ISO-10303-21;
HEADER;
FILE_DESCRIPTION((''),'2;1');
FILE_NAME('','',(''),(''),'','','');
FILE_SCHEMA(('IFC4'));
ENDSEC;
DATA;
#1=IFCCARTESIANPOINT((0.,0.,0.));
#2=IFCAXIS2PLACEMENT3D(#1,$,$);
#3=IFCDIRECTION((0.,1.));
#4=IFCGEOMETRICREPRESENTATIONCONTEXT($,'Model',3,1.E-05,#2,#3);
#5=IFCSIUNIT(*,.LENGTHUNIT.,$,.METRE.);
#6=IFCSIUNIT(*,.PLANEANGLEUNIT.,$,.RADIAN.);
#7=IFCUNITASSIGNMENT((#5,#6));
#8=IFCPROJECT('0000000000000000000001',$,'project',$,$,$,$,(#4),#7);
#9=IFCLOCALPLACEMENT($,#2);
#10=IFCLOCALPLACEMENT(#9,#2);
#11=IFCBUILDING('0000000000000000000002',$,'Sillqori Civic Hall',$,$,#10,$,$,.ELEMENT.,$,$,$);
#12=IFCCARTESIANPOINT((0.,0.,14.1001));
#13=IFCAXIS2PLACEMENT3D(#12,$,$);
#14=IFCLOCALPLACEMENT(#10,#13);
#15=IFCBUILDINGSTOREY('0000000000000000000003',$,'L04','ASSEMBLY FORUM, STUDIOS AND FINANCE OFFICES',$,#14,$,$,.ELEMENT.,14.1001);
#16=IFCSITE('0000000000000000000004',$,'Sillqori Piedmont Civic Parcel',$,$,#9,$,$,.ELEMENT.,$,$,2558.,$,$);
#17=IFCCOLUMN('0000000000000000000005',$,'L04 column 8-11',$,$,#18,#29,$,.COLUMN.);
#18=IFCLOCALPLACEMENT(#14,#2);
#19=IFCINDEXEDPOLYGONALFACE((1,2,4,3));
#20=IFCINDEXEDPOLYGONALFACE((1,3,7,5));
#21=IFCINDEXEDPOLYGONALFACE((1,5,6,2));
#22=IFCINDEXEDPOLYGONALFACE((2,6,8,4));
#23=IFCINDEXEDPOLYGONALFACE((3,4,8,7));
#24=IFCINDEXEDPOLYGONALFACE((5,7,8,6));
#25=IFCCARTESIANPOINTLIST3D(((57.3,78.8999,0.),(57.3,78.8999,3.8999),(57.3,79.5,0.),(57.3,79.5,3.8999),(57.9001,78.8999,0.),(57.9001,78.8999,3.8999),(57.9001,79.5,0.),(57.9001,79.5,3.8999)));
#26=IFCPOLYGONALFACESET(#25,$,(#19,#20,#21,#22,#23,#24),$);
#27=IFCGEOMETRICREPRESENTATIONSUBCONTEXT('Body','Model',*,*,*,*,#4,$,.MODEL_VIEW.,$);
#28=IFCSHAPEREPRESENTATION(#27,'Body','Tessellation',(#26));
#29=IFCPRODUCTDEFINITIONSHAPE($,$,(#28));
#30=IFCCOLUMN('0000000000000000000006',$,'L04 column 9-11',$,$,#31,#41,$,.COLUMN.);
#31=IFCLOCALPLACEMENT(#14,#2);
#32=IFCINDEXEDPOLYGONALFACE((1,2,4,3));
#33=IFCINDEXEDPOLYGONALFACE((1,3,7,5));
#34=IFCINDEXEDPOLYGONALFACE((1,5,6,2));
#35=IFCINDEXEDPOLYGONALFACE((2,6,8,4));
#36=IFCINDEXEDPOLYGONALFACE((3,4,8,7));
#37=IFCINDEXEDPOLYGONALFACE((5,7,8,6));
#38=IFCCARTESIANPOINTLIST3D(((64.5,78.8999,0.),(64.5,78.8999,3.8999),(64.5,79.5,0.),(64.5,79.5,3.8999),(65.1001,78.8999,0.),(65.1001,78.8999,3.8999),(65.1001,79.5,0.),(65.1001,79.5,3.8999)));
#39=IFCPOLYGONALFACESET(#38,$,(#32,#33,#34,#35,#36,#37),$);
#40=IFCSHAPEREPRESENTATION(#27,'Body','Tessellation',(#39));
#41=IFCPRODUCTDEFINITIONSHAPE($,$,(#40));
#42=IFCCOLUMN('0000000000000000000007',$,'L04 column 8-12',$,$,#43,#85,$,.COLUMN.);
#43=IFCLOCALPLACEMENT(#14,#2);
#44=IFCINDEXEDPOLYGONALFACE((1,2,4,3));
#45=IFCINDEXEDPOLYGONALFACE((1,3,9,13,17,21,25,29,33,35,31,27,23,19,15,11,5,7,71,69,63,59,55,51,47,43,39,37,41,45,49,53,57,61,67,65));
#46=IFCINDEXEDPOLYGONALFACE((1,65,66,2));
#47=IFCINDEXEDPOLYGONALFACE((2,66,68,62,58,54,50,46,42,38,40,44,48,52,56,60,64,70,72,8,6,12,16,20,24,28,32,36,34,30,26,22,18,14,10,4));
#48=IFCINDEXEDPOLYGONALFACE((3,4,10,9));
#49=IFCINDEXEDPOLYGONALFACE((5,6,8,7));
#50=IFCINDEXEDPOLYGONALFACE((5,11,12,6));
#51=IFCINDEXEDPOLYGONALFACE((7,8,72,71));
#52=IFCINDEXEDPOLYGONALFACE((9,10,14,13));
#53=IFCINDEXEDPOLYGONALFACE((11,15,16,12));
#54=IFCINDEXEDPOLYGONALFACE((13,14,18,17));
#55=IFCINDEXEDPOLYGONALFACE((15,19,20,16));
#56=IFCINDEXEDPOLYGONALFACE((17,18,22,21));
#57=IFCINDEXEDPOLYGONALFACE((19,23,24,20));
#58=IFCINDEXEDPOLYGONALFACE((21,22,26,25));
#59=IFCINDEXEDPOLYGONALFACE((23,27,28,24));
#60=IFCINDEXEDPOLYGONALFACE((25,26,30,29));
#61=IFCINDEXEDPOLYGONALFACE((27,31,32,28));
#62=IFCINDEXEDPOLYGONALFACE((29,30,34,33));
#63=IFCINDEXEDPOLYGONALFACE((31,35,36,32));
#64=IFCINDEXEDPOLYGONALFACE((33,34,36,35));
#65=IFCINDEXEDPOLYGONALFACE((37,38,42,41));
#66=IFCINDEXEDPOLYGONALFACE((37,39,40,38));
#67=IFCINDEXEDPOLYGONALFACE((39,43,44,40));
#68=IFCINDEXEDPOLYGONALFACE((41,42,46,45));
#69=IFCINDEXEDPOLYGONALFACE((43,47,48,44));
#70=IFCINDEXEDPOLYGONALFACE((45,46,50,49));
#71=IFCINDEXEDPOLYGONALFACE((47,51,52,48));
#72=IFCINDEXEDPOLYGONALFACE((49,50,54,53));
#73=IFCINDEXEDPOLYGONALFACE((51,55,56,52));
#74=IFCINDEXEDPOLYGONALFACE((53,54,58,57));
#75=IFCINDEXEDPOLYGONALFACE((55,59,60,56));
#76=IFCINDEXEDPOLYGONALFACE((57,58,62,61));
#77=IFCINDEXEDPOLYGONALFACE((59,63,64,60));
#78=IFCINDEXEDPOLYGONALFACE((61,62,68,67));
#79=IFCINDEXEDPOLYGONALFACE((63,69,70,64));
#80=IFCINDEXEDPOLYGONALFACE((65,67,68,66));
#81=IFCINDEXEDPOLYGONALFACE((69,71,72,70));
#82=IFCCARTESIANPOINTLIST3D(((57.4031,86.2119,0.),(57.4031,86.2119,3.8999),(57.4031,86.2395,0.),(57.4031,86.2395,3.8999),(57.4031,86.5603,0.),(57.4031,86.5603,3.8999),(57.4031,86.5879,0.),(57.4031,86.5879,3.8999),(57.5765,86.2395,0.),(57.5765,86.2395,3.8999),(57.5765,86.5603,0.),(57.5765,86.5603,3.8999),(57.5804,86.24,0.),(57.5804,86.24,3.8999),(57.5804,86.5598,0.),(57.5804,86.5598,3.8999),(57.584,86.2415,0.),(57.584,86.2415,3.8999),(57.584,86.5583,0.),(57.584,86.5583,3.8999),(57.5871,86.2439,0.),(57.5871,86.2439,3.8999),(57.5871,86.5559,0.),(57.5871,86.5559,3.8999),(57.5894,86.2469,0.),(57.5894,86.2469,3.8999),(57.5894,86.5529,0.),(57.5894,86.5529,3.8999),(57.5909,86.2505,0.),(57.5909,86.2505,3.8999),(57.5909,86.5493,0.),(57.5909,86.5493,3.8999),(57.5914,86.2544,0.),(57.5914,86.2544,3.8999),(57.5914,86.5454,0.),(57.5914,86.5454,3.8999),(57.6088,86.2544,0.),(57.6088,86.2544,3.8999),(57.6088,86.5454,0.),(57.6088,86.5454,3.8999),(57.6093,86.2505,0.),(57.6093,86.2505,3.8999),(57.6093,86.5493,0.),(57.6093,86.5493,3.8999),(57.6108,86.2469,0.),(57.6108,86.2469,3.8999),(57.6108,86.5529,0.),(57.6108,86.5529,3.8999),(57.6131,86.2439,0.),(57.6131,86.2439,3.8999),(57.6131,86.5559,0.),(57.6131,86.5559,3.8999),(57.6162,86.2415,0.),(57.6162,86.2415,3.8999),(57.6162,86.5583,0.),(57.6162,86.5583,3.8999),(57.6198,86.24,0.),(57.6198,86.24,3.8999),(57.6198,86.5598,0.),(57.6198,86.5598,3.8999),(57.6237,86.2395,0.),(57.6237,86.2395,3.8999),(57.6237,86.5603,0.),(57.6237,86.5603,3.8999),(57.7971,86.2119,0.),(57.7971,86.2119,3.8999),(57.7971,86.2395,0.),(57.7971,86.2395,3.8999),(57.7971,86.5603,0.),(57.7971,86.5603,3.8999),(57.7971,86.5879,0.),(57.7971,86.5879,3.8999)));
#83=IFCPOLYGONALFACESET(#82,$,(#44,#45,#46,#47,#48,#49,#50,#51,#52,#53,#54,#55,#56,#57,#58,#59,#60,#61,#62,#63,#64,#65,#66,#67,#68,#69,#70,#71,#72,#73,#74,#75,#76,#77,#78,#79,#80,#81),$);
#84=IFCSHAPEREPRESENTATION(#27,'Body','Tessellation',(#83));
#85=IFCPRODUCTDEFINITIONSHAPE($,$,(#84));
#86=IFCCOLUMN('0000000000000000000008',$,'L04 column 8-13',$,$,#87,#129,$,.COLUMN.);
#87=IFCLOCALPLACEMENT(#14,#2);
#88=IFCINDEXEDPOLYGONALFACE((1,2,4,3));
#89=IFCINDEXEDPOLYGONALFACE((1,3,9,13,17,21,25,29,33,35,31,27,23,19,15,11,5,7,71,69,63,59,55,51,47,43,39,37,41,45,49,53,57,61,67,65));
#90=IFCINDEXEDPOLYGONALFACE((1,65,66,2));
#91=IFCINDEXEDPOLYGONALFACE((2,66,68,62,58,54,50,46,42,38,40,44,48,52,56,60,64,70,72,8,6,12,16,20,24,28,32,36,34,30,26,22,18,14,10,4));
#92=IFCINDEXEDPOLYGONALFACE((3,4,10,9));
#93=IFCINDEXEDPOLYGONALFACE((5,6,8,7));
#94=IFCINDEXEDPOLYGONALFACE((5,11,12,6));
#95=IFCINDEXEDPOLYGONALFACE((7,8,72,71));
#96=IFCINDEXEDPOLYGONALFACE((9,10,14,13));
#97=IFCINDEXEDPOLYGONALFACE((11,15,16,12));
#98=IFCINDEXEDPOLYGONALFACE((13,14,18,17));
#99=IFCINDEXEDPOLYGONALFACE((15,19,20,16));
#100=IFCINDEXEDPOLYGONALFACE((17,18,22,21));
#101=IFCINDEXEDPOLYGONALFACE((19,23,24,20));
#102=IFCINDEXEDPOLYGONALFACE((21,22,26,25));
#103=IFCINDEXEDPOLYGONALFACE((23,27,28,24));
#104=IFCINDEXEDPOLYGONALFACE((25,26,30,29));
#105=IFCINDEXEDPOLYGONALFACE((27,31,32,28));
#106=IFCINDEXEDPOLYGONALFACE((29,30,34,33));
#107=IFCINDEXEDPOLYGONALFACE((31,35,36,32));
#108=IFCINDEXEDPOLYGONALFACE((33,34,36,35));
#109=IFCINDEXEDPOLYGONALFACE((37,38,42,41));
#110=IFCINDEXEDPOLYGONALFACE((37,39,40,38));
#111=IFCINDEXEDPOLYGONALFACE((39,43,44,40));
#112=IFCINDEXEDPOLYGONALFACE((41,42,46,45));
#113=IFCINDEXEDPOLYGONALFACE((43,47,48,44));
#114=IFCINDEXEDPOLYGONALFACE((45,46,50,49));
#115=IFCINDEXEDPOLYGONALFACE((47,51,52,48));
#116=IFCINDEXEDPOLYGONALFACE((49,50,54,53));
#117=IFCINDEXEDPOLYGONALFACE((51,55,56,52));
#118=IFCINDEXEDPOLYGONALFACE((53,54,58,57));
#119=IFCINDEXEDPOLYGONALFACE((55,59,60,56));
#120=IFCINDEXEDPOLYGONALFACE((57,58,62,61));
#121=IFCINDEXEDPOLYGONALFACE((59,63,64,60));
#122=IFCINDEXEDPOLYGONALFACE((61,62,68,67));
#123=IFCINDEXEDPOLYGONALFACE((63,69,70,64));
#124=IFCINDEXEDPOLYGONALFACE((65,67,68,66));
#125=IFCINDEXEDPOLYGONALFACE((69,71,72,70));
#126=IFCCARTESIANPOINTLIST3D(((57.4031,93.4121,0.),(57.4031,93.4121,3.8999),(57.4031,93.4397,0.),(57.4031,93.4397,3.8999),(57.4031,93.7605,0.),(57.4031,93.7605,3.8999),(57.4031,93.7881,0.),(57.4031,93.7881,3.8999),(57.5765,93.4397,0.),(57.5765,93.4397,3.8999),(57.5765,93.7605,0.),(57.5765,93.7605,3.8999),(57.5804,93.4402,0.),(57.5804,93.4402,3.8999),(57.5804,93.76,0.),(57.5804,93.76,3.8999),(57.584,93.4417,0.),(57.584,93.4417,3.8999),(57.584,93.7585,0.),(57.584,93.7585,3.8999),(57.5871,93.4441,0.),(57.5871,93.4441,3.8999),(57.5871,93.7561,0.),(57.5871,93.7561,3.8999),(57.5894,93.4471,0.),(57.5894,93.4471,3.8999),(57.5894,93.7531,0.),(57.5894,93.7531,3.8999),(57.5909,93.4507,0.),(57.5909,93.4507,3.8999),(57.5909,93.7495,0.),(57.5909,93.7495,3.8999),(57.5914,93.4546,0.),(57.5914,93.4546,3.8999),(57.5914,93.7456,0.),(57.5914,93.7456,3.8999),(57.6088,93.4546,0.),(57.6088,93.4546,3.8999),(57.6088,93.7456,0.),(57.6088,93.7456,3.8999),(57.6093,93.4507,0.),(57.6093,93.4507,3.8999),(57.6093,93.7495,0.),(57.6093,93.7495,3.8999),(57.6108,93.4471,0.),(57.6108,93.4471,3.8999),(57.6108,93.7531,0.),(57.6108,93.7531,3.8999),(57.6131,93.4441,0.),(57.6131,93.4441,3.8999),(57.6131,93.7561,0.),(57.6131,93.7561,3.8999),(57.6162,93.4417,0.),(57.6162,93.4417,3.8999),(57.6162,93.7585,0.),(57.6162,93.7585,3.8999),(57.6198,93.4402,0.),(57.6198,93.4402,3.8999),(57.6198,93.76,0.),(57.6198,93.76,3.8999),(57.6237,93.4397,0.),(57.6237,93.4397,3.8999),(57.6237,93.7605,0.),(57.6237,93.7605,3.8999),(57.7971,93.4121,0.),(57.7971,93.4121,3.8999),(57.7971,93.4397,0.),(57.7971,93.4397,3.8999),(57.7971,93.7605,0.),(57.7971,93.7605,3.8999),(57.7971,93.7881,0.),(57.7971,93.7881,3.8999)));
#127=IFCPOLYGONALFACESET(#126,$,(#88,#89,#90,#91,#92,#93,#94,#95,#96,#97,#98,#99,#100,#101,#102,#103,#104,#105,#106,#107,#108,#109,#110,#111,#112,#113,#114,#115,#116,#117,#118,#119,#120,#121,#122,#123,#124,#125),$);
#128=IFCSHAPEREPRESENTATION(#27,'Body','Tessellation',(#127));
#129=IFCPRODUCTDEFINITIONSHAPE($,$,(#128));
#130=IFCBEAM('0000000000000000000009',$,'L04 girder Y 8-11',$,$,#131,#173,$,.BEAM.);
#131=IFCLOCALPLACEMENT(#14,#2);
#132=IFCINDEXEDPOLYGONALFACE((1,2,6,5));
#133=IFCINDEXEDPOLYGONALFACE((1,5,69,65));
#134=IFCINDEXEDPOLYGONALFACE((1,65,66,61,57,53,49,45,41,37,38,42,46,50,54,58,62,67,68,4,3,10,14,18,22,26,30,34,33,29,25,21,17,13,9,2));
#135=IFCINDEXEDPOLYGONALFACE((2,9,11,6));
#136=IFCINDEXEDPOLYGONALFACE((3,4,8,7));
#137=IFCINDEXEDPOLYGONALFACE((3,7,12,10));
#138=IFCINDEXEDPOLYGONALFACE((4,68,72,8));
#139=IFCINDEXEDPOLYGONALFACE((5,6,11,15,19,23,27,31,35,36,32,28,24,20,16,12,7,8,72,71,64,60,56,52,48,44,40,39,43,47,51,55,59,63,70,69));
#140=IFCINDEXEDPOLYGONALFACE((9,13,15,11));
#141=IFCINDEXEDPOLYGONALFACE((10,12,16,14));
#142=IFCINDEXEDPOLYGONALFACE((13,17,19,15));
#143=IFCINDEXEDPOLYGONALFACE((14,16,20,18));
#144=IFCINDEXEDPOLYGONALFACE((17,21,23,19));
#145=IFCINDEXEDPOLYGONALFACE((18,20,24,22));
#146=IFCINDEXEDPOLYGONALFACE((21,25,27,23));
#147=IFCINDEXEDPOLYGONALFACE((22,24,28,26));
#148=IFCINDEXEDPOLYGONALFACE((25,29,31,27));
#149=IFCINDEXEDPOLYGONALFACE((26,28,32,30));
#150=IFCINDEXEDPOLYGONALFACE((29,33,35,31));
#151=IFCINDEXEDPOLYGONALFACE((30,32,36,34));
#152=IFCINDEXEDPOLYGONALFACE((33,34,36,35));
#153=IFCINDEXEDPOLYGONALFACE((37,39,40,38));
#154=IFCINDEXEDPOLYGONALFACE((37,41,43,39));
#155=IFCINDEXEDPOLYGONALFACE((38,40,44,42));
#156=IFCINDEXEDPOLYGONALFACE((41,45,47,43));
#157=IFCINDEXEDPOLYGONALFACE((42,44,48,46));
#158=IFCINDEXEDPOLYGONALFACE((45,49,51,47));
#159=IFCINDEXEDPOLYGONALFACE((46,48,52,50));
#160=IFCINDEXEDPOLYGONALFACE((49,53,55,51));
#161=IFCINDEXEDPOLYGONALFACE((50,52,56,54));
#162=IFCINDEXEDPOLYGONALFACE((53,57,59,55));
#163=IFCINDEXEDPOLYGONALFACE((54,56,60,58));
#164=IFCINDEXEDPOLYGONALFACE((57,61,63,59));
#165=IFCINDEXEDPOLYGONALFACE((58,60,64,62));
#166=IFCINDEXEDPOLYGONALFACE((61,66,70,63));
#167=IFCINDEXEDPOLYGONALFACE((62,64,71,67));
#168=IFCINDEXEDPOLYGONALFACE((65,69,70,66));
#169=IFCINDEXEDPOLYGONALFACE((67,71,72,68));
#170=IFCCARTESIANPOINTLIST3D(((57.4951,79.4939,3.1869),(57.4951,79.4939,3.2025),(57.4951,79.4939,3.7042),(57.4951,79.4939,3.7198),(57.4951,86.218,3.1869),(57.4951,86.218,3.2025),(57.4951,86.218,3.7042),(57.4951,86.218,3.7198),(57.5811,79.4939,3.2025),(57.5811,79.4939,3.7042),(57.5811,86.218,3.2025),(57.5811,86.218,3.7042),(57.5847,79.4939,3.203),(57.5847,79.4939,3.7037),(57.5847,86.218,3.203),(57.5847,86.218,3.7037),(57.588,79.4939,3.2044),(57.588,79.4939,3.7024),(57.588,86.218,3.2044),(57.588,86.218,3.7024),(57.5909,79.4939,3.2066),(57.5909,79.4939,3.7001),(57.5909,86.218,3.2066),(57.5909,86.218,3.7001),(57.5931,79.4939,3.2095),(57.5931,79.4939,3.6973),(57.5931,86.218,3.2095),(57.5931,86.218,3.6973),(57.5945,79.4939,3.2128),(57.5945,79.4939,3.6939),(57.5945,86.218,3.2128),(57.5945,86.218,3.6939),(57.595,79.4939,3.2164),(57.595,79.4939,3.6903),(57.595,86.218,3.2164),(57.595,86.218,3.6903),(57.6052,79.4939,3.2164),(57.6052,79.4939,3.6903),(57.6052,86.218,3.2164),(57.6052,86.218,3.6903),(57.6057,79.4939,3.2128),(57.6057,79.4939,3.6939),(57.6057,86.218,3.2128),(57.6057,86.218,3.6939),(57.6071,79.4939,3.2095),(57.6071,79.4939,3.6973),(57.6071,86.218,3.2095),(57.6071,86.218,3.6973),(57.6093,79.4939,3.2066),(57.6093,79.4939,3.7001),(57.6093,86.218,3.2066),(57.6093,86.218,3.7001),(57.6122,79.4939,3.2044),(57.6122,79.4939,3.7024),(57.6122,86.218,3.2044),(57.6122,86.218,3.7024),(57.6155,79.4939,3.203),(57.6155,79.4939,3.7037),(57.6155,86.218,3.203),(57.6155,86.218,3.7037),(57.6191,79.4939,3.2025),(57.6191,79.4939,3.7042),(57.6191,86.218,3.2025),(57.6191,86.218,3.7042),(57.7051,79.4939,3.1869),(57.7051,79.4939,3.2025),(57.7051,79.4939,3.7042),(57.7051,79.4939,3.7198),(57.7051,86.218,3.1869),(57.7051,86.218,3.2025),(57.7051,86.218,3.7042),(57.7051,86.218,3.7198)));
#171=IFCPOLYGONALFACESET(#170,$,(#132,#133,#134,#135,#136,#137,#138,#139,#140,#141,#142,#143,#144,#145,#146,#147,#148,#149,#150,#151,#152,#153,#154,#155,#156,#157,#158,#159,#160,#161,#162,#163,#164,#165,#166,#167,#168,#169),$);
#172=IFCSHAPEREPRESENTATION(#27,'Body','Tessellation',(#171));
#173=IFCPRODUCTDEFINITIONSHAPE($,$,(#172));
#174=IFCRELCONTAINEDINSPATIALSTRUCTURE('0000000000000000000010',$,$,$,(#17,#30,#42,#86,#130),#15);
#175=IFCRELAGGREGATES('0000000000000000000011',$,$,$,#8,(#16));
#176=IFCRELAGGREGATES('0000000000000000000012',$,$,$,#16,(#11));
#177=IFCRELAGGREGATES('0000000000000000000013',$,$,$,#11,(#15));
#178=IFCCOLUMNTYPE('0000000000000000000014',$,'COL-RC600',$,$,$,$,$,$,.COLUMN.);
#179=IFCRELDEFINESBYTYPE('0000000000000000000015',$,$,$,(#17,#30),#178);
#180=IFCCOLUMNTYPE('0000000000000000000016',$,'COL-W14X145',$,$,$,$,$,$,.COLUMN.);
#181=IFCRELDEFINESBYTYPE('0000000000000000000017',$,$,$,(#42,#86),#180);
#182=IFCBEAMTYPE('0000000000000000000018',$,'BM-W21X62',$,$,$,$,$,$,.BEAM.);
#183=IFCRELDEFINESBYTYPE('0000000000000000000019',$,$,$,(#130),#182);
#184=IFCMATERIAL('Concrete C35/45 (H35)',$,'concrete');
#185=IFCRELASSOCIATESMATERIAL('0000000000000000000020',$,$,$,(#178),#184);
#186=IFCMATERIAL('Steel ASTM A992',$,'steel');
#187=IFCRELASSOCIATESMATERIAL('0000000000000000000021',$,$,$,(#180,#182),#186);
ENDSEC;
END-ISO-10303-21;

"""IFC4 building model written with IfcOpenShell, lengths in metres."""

from ifc_helpers import new_model, si_unit, direction, frame, origin, origin_2d, place, context, subcontext, project, spatial, rectangle, i_section, extrude, material, material_profile, profile_set, type_object, element, save


model = new_model("IFC4")

# Units and contexts
model_context = context("Model", 3, precision=1e-05, world=origin(), true_north=direction((0.0, 1.0)))
body_context = subcontext(model_context, "Body", "Model", "MODEL_VIEW")
ifc_project = project(units=[si_unit("LENGTHUNIT", "METRE"), si_unit("PLANEANGLEUNIT", "RADIAN")], contexts=[model_context])

# Site, building, storey
site_placement = place(None, origin())
site = spatial("IfcSite", under=ifc_project, at=site_placement, Name="Sillqori Piedmont Civic Parcel", CompositionType="ELEMENT", RefElevation=2558.0)
building_placement = place(site_placement, origin())
building = spatial("IfcBuilding", under=site, at=building_placement, Name="Sillqori Civic Hall", CompositionType="ELEMENT")
storey_placement = place(building_placement, frame((0.0, 0.0, 14.1001)))
storey = spatial("IfcBuildingStorey", under=building, at=storey_placement, Name="L04", Description="ASSEMBLY FORUM, STUDIOS AND FINANCE OFFICES", CompositionType="ELEMENT", Elevation=14.1001)

# Columns
ifc_material_1 = material(Name="Concrete C35/45 (H35)", Category="concrete")
ifc_material_profile_1 = material_profile(ifc_material_1, rectangle(XDim=0.6001, YDim=0.6001, at=origin_2d()), Name="RC 600x600")
ifc_profile_set_1 = profile_set([ifc_material_profile_1], Name="Concrete C35/45 (H35)")
column_type_1 = type_object("IfcColumnType", Name="COL-RC600", PredefinedType="COLUMN", material=ifc_profile_set_1)
for number, where, z_axis, x_axis, name in (
    (1, (57.6001, 79.2, 0.0), (0.0, 0.0, 1.0), (1.0, 0.0, 0.0), "L04 column 8-11"),
    (2, (64.8, 79.2, 0.0), (0.0, 0.0, 1.0), (1.0, 0.0, 0.0), "L04 column 9-11"),
):
    element("IfcColumn", number, at=place(storey_placement, frame(where, z_axis=z_axis, x_axis=x_axis)), inside=storey, type_object=column_type_1, Name=name, PredefinedType="COLUMN", context=body_context, shape_type="SweptSolid", body=[
        extrude(rectangle(XDim=0.6001, YDim=0.6001, at=origin_2d()), origin(), (0.0, 0.0, 1.0), 3.8999),
    ])
ifc_material_2 = material(Name="Steel ASTM A992", Category="steel")
ifc_material_profile_2 = material_profile(ifc_material_2, i_section(OverallWidth=0.394, OverallDepth=0.376, WebThickness=0.0173, FlangeThickness=0.0276, FilletRadius=0.0149, at=origin_2d()), Name="W14X145")
ifc_profile_set_2 = profile_set([ifc_material_profile_2], Name="Steel ASTM A992")
column_type_2 = type_object("IfcColumnType", Name="COL-W14X145", PredefinedType="COLUMN", material=ifc_profile_set_2)
for number, where, z_axis, x_axis, name in (
    (3, (57.6001, 86.3999, 0.0), (0.0, 0.0, 1.0), (1.0, 0.0, 0.0), "L04 column 8-12"),
    (4, (57.6001, 93.6001, 0.0), (0.0, 0.0, 1.0), (1.0, 0.0, 0.0), "L04 column 8-13"),
):
    element("IfcColumn", number, at=place(storey_placement, frame(where, z_axis=z_axis, x_axis=x_axis)), inside=storey, type_object=column_type_2, Name=name, PredefinedType="COLUMN", context=body_context, shape_type="SweptSolid", body=[
        extrude(i_section(OverallWidth=0.394, OverallDepth=0.376, WebThickness=0.0173, FlangeThickness=0.0276, FilletRadius=0.0149, at=origin_2d()), origin(), (0.0, 0.0, 1.0), 3.8999),
    ])

# Beam
ifc_material_profile_3 = material_profile(ifc_material_2, i_section(OverallWidth=0.21, OverallDepth=0.533, WebThickness=0.0103, FlangeThickness=0.0156, FilletRadius=0.0139, at=origin_2d()), Name="W21X62")
ifc_profile_set_3 = profile_set([ifc_material_profile_3], Name="Steel ASTM A992")
beam_type_1 = type_object("IfcBeamType", Name="BM-W21X62", PredefinedType="BEAM", material=ifc_profile_set_3)
beam_1_placement = place(storey_placement, frame((57.6001, 79.4939, 3.4534), z_axis=(0.0, 1.0, 0.0), x_axis=(-1.0, 0.0, 0.0)))
element("IfcBeam", 5, at=beam_1_placement, inside=storey, type_object=beam_type_1, Name="L04 girder Y 8-11", PredefinedType="BEAM", context=body_context, shape_type="SweptSolid", body=[
    extrude(i_section(OverallWidth=0.21, OverallDepth=0.533, WebThickness=0.0103, FlangeThickness=0.0156, FilletRadius=0.0139, at=origin_2d()), origin(), (0.0, 0.0, 1.0), 6.7241),
])

save(model, "model.ifc")
